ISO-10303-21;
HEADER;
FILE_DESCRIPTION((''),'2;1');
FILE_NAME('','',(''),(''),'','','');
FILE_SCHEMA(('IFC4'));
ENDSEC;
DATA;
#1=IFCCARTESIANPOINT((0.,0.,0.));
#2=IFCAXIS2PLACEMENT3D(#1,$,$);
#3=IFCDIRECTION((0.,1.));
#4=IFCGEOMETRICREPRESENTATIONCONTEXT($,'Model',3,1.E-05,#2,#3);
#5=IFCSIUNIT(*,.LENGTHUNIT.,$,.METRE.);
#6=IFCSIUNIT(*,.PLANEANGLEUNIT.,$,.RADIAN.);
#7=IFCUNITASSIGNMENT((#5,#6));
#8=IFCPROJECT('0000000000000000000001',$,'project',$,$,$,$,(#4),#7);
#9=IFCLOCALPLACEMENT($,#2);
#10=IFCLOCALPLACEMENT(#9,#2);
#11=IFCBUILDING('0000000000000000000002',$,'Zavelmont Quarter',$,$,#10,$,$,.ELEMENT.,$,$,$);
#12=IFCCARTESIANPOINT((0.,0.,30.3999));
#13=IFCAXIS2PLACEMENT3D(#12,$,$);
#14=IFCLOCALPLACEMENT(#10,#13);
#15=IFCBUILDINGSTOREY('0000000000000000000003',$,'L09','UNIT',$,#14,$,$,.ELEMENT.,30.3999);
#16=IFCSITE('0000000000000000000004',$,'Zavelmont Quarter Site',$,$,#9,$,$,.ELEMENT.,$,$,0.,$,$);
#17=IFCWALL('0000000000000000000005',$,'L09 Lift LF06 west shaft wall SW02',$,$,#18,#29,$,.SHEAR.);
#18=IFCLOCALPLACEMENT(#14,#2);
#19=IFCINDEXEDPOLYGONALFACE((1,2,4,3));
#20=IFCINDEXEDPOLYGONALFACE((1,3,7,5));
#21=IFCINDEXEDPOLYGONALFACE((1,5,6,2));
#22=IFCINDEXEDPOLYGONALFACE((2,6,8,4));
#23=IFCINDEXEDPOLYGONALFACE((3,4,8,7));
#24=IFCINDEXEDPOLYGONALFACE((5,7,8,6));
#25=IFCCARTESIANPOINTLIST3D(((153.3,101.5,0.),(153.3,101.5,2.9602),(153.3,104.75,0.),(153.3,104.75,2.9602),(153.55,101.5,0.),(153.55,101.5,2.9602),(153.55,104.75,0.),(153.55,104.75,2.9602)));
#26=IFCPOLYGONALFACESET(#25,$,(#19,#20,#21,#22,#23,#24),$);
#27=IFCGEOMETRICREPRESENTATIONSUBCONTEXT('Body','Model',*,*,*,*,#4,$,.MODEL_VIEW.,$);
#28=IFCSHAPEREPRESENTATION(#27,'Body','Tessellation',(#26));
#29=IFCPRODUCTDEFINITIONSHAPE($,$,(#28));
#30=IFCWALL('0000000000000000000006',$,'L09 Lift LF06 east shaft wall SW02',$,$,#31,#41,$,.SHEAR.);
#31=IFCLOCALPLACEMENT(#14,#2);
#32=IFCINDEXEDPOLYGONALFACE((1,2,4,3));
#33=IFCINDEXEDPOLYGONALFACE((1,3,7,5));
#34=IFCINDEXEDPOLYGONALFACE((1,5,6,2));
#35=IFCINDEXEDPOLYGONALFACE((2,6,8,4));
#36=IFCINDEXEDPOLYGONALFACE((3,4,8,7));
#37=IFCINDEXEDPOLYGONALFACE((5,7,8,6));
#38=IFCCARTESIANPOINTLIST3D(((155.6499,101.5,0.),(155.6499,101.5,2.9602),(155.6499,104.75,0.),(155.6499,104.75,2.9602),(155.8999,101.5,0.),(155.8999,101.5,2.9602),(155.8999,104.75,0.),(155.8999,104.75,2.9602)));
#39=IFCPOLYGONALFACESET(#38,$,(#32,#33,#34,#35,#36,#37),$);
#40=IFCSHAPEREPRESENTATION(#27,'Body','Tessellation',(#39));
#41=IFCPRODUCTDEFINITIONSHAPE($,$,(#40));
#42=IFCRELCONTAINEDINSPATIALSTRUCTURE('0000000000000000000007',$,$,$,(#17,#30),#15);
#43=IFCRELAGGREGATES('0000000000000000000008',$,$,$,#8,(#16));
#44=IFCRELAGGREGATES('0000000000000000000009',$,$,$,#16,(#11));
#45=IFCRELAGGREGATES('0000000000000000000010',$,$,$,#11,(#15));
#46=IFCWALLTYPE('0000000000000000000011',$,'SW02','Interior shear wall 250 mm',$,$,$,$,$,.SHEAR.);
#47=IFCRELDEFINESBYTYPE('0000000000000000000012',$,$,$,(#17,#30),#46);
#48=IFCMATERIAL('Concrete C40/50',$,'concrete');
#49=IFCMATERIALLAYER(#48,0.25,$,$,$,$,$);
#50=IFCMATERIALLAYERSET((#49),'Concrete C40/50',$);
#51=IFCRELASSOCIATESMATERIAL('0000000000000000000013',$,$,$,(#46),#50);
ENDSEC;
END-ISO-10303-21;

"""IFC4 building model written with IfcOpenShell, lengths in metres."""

from ifc_helpers import new_model, si_unit, direction, frame, frame_2d, origin, place, context, subcontext, project, spatial, rectangle, extrude, material, layer, layer_set, type_object, element, save


model = new_model("IFC4")

# Units and contexts
model_context = context("Model", 3, precision=1e-05, world=origin(), true_north=direction((0.0, 1.0)))
body_context = subcontext(model_context, "Body", "Model", "MODEL_VIEW")
ifc_project = project(units=[si_unit("LENGTHUNIT", "METRE"), si_unit("PLANEANGLEUNIT", "RADIAN")], contexts=[model_context])

# Site, building, storey
site_placement = place(None, origin())
site = spatial("IfcSite", under=ifc_project, at=site_placement, Name="Zavelmont Quarter Site", CompositionType="ELEMENT", RefElevation=0.0)
building_placement = place(site_placement, origin())
building = spatial("IfcBuilding", under=site, at=building_placement, Name="Zavelmont Quarter", CompositionType="ELEMENT")
storey_placement = place(building_placement, frame((0.0, 0.0, 30.3999)))
storey = spatial("IfcBuildingStorey", under=building, at=storey_placement, Name="L09", Description="UNIT", CompositionType="ELEMENT", Elevation=30.3999)

# Shared definitions
ifc_material_1 = material(Name="Concrete C40/50", Category="concrete")

# Walls
ifc_layer_1 = layer(ifc_material_1, 0.25)
ifc_layer_set_1 = layer_set([ifc_layer_1], Name="Concrete C40/50")
wall_type_1 = type_object("IfcWallType", Name="SW02", Description="Interior shear wall 250 mm", PredefinedType="SHEAR", material=ifc_layer_set_1)
for number, where, z_axis, x_axis, name in (
    (1, (153.425, 101.5, 0.0), (0.0, 0.0, 1.0), (0.0, 1.0, 0.0), "L09 Lift LF06 west shaft wall SW02"),
    (2, (155.7749, 101.5, 0.0), (0.0, 0.0, 1.0), (0.0, 1.0, 0.0), "L09 Lift LF06 east shaft wall SW02"),
):
    element("IfcWall", number, at=place(storey_placement, frame(where, z_axis=z_axis, x_axis=x_axis)), inside=storey, type_object=wall_type_1, Name=name, PredefinedType="SHEAR", context=body_context, shape_type="SweptSolid", body=[
        extrude(rectangle(XDim=3.25, YDim=0.25, at=frame_2d((1.625, 0.0))), origin(), (0.0, 0.0, 1.0), 2.9602),
    ])

save(model, "model.ifc")
